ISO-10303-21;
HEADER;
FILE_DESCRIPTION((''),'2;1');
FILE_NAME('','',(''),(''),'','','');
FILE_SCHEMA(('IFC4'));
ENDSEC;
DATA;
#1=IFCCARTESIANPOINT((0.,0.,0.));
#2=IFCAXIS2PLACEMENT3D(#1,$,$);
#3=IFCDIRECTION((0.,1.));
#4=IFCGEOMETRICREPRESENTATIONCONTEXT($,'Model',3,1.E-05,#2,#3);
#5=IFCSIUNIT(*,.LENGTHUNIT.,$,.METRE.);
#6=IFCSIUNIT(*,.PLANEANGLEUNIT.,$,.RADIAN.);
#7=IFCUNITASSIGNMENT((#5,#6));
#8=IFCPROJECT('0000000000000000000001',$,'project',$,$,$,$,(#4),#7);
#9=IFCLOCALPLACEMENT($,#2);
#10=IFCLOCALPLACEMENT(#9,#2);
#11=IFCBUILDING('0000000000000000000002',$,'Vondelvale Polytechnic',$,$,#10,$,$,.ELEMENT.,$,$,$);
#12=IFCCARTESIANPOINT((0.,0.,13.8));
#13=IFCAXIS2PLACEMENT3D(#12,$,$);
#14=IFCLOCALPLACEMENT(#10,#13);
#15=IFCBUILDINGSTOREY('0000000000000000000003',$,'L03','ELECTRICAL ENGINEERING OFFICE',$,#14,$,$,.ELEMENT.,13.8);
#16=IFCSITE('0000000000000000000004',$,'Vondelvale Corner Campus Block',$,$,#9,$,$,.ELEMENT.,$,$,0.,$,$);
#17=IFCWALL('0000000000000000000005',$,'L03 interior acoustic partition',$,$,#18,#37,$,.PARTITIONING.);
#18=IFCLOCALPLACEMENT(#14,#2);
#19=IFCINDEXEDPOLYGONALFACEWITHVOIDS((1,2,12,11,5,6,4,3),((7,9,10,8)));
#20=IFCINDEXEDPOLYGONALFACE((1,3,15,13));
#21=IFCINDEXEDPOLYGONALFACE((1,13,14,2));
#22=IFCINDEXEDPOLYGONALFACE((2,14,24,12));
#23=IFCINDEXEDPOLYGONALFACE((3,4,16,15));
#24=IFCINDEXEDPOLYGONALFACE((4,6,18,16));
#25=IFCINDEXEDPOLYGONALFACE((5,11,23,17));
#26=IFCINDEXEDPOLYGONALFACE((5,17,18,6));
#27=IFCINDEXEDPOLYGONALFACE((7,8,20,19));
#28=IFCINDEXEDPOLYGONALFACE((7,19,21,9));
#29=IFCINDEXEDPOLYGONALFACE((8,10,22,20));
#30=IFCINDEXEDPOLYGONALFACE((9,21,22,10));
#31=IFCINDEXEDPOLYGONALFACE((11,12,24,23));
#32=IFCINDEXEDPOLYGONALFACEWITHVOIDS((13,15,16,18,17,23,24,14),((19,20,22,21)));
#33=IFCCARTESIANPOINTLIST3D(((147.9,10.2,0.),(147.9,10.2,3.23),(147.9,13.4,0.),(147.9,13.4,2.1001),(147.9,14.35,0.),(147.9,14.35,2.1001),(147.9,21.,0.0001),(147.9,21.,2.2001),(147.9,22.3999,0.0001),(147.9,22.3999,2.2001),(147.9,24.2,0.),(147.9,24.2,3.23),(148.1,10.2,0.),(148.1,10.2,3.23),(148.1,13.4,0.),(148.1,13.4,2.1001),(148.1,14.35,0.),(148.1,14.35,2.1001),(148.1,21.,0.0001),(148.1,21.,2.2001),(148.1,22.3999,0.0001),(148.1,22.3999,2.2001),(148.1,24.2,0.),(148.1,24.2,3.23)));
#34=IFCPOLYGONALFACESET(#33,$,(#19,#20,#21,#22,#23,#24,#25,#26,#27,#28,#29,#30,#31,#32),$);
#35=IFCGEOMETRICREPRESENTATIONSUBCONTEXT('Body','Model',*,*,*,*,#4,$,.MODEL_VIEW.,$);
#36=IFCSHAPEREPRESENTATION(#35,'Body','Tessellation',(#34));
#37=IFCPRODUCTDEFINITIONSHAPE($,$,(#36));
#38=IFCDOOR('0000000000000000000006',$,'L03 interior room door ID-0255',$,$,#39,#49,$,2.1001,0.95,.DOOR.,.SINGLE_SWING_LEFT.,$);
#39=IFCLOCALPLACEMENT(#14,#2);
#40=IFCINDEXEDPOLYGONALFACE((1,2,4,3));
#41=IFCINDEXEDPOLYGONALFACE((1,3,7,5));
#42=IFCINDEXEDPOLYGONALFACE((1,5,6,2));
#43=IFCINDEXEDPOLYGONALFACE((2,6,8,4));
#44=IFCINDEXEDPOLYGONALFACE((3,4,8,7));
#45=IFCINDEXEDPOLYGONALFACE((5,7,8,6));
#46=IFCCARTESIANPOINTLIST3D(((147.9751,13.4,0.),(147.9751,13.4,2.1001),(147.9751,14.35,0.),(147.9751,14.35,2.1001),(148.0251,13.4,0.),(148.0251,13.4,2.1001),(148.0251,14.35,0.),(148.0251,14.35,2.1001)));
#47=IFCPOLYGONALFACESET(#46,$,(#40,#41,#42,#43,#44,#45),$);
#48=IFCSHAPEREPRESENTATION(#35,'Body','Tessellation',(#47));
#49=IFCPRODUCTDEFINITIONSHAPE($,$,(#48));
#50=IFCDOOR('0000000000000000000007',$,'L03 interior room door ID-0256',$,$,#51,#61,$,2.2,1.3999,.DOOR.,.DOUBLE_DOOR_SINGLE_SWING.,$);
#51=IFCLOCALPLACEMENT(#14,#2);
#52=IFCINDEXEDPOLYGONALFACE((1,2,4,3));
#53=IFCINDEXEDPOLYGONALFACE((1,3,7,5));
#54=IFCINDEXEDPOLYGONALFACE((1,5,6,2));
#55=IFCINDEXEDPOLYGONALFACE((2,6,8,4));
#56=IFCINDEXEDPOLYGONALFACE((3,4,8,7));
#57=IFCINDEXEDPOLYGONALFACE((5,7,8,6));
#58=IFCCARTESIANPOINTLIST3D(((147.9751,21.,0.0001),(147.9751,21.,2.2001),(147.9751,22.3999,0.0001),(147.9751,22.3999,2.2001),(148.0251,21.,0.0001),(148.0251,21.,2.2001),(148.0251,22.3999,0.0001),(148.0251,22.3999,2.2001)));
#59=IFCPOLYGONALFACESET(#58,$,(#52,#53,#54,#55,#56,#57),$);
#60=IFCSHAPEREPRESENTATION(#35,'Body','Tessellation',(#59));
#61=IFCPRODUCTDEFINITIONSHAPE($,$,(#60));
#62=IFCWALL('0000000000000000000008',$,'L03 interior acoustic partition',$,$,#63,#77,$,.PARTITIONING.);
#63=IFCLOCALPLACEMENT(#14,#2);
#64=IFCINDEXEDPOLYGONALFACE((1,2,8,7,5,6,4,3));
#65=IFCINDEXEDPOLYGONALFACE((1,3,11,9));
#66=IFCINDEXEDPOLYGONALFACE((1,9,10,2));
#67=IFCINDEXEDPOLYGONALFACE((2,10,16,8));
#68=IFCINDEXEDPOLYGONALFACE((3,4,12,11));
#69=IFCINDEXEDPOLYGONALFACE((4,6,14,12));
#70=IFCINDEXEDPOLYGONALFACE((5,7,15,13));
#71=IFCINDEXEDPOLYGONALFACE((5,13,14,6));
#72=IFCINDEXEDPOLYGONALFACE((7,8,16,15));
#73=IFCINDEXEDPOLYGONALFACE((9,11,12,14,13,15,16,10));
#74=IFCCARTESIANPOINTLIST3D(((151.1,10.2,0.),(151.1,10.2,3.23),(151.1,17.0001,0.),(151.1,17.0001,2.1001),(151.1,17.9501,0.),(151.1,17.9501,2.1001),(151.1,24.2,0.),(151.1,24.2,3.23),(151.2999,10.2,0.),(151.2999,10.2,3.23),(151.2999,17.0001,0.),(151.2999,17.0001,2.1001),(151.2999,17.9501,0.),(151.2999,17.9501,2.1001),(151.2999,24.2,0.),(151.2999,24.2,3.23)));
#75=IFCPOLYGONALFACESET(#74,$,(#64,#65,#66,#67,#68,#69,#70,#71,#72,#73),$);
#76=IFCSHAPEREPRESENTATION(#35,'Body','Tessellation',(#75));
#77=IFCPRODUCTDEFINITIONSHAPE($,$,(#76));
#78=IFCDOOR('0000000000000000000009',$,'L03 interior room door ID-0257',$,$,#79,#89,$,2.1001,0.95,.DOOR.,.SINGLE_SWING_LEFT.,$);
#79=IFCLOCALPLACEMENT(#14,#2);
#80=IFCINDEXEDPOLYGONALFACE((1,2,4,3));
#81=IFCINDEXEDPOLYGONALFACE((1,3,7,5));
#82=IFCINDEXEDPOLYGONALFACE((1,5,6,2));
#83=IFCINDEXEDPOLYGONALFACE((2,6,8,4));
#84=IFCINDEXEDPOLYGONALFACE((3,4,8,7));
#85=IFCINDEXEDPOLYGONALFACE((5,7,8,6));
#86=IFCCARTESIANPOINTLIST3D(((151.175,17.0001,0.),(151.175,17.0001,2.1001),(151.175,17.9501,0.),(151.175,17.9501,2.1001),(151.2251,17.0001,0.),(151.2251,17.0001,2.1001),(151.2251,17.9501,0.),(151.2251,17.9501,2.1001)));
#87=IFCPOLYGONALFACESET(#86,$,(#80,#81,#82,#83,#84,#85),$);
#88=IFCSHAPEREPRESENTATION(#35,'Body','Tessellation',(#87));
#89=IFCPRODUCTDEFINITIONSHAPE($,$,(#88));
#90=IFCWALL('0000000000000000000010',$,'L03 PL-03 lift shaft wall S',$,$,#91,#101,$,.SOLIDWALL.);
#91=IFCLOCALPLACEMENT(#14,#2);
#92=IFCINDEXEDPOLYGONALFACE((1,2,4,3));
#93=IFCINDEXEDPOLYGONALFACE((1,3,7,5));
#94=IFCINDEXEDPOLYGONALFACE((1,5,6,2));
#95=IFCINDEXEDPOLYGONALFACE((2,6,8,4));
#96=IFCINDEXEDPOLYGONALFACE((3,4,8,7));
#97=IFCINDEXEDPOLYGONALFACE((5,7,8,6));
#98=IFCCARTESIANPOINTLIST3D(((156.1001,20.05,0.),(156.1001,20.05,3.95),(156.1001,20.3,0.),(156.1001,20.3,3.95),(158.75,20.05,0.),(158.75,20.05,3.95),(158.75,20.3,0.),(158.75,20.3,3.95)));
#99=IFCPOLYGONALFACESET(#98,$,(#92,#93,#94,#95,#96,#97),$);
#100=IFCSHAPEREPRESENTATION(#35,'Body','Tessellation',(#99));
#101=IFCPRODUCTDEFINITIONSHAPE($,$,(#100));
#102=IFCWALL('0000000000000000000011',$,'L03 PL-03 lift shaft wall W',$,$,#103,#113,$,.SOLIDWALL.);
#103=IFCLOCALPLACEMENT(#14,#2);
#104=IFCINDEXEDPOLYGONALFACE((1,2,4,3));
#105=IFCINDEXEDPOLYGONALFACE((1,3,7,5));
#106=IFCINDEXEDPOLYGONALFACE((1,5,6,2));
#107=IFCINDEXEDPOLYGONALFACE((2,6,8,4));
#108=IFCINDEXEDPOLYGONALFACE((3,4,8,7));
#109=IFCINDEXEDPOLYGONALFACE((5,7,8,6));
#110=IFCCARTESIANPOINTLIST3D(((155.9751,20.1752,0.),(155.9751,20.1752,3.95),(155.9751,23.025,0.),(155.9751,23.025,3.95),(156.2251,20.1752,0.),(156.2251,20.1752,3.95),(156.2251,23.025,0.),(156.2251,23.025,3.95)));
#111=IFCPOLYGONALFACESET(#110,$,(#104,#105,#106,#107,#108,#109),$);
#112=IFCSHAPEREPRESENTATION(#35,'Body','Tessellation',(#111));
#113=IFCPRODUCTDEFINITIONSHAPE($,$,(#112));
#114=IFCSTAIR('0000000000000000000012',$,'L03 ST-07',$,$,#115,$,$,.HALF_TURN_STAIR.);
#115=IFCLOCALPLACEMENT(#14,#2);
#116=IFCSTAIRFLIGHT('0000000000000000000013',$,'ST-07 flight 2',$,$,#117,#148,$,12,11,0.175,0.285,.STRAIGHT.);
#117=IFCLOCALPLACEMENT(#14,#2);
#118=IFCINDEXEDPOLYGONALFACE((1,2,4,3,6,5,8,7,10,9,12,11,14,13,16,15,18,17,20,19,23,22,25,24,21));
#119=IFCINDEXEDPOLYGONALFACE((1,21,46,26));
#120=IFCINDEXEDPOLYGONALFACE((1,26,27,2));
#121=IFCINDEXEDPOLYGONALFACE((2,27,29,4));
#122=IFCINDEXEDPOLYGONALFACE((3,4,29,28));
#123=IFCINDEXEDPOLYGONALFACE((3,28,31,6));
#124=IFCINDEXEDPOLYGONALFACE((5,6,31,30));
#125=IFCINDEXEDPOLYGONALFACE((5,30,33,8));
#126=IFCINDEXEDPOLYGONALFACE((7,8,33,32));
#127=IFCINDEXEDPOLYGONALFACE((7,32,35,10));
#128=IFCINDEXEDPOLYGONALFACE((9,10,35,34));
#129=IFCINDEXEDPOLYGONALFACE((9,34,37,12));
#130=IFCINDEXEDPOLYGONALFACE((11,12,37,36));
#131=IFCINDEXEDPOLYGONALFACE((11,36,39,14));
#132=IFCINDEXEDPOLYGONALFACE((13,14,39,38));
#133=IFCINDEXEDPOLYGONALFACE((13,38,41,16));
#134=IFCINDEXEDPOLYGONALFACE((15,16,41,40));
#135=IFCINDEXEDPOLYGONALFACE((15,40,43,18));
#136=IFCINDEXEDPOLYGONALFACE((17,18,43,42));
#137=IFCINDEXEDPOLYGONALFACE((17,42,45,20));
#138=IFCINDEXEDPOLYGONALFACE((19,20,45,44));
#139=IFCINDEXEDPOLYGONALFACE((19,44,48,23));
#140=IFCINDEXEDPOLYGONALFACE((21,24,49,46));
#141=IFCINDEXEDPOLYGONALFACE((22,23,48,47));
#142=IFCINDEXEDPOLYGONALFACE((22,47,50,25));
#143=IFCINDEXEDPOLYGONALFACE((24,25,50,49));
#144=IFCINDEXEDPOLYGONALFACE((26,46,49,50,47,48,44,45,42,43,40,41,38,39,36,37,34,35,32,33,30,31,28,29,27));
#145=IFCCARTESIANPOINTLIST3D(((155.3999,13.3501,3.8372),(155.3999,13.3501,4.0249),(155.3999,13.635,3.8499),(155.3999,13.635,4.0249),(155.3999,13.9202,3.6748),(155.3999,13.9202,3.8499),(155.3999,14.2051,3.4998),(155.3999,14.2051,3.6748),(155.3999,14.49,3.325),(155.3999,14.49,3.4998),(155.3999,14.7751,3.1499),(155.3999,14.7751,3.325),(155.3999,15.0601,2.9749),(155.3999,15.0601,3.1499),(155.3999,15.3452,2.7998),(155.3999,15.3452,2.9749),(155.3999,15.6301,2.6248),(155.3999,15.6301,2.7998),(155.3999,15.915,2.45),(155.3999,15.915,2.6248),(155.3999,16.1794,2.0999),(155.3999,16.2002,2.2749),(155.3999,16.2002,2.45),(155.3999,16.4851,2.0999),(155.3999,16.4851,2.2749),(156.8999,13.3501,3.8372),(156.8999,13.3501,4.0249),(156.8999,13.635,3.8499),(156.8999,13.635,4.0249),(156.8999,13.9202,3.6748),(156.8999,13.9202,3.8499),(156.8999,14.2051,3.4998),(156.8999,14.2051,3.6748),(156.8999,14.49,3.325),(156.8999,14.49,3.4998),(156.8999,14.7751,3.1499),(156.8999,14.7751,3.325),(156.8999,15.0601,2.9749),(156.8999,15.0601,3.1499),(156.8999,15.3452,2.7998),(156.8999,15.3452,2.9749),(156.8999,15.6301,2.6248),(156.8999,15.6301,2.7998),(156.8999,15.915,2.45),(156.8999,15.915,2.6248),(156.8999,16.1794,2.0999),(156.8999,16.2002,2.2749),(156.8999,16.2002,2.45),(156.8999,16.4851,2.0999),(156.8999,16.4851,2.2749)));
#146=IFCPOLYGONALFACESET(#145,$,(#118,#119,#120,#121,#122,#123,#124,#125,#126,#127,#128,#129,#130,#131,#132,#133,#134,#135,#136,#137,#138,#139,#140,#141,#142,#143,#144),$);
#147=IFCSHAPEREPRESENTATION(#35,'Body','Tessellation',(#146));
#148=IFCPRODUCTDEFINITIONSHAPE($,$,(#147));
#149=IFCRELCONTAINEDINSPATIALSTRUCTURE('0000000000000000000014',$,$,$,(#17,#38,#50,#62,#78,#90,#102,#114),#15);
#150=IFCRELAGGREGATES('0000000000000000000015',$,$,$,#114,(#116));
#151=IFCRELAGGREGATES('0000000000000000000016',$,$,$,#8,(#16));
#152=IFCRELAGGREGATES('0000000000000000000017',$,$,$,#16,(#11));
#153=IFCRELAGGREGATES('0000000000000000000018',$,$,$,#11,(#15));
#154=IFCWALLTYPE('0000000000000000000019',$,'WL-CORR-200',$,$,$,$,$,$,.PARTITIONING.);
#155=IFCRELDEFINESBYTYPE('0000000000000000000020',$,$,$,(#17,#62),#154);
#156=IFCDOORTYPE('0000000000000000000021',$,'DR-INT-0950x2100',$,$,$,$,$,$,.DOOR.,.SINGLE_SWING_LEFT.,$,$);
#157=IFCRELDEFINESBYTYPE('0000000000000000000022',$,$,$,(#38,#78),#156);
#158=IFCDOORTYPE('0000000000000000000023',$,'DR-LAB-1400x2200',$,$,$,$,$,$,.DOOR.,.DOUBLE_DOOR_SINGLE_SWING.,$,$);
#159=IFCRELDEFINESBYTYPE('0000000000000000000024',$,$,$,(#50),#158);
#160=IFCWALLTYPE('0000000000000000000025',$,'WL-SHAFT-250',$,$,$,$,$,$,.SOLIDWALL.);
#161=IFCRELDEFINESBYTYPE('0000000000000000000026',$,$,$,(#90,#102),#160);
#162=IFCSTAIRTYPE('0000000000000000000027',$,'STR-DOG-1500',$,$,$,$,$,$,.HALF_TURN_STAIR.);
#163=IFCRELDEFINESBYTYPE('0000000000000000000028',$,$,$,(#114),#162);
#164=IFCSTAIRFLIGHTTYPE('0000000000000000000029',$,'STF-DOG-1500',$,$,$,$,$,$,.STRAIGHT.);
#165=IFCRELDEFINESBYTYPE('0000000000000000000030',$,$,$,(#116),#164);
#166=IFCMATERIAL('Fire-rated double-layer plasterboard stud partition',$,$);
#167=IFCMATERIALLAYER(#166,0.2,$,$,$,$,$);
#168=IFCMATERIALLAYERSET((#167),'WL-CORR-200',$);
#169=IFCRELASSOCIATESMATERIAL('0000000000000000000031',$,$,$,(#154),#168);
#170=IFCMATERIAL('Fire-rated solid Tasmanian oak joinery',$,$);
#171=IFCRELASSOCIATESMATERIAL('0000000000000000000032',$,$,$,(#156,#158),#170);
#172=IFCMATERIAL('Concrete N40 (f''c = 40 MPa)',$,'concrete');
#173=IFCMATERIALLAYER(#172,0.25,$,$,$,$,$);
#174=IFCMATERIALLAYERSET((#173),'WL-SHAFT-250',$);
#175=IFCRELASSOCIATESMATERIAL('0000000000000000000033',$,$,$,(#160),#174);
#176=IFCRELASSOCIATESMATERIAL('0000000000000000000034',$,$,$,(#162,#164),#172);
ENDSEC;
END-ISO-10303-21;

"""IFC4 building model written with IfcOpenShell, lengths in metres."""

from ifc_helpers import new_model, si_unit, direction, frame, frame_2d, origin, place, context, subcontext, project, spatial, polyline, rectangle, outline, extrude, material, layer, layer_set, type_object, element, fill, aggregate, save


model = new_model("IFC4")

# Units and contexts
model_context = context("Model", 3, precision=1e-05, world=origin(), true_north=direction((0.0, 1.0)))
body_context = subcontext(model_context, "Body", "Model", "MODEL_VIEW")
ifc_project = project(units=[si_unit("LENGTHUNIT", "METRE"), si_unit("PLANEANGLEUNIT", "RADIAN")], contexts=[model_context])

# Site, building, storey
site_placement = place(None, origin())
site = spatial("IfcSite", under=ifc_project, at=site_placement, Name="Vondelvale Corner Campus Block", CompositionType="ELEMENT", RefElevation=0.0)
building_placement = place(site_placement, origin())
building = spatial("IfcBuilding", under=site, at=building_placement, Name="Vondelvale Polytechnic", CompositionType="ELEMENT")
storey_placement = place(building_placement, frame((0.0, 0.0, 13.8)))
storey = spatial("IfcBuildingStorey", under=building, at=storey_placement, Name="L03", Description="ELECTRICAL ENGINEERING OFFICE", CompositionType="ELEMENT", Elevation=13.8)

# Shared definitions
ifc_material_1 = material(Name="Concrete N40 (f'c = 40 MPa)", Category="concrete")

# Wall, openings, doors
ifc_material_2 = material(Name="Fire-rated double-layer plasterboard stud partition")
ifc_layer_1 = layer(ifc_material_2, 0.2)
ifc_layer_set_1 = layer_set([ifc_layer_1], Name="WL-CORR-200")
wall_type_1 = type_object("IfcWallType", Name="WL-CORR-200", PredefinedType="PARTITIONING", material=ifc_layer_set_1)
wall_1_placement = place(storey_placement, frame((148.0, 10.2, 0.0), z_axis=(0.0, 0.0, 1.0), x_axis=(0.0, 1.0, 0.0)))
wall_1 = element("IfcWall", 1, at=wall_1_placement, inside=storey, type_object=wall_type_1, Name="L03 interior acoustic partition", PredefinedType="PARTITIONING", context=body_context, shape_type="SweptSolid", body=[
    extrude(rectangle(XDim=14.0, YDim=0.2, at=frame_2d((7.0, 0.0))), origin(), (0.0, 0.0, 1.0), 3.23),
])
opening_1_placement = place(wall_1_placement, frame((3.2, 0.0, 0.0)))
opening_1 = element("IfcOpeningElement", 2, at=opening_1_placement, cuts=wall_1, PredefinedType="OPENING", context=body_context, shape_type="SweptSolid", body=[
    extrude(rectangle(XDim=0.95, YDim=2.1001, at=frame_2d((0.4751, 1.05))), frame((0.0, 0.1099, 0.0), z_axis=(0.0, -1.0, 0.0), x_axis=(1.0, 0.0, 0.0)), (0.0, 0.0, 1.0), 0.22),
])
opening_2_placement = place(wall_1_placement, frame((10.8, 0.0, 0.0)))
opening_2 = element("IfcOpeningElement", 3, at=opening_2_placement, cuts=wall_1, PredefinedType="OPENING", context=body_context, shape_type="SweptSolid", body=[
    extrude(rectangle(XDim=1.3999, YDim=2.2, at=frame_2d((0.7, 1.1001))), frame((0.0, 0.1099, 0.0), z_axis=(0.0, -1.0, 0.0), x_axis=(1.0, 0.0, 0.0)), (0.0, 0.0, 1.0), 0.22),
])
ifc_material_3 = material(Name="Fire-rated solid Tasmanian oak joinery")
door_type_1 = type_object("IfcDoorType", Name="DR-INT-0950x2100", OperationType="SINGLE_SWING_LEFT", PredefinedType="DOOR", material=ifc_material_3)
door_1_placement = place(opening_1_placement, origin())
door_1 = element("IfcDoor", 4, at=door_1_placement, inside=storey, type_object=door_type_1, Name="L03 interior room door ID-0255", OperationType="SINGLE_SWING_LEFT", OverallHeight=2.1001, OverallWidth=0.95, PredefinedType="DOOR", context=body_context, shape_type="SweptSolid", body=[
    extrude(rectangle(XDim=0.95, YDim=2.1001, at=frame_2d((0.4751, 1.05))), frame((0.0, 0.0249, 0.0), z_axis=(0.0, -1.0, 0.0), x_axis=(1.0, 0.0, 0.0)), (0.0, 0.0, 1.0), 0.05),
])
fill(opening_1, door_1)
door_type_2 = type_object("IfcDoorType", Name="DR-LAB-1400x2200", OperationType="DOUBLE_DOOR_SINGLE_SWING", PredefinedType="DOOR", material=ifc_material_3)
door_2_placement = place(opening_2_placement, origin())
door_2 = element("IfcDoor", 5, at=door_2_placement, inside=storey, type_object=door_type_2, Name="L03 interior room door ID-0256", OperationType="DOUBLE_DOOR_SINGLE_SWING", OverallHeight=2.2, OverallWidth=1.3999, PredefinedType="DOOR", context=body_context, shape_type="SweptSolid", body=[
    extrude(rectangle(XDim=1.3999, YDim=2.2, at=frame_2d((0.7, 1.1001))), frame((0.0, 0.0249, 0.0), z_axis=(0.0, -1.0, 0.0), x_axis=(1.0, 0.0, 0.0)), (0.0, 0.0, 1.0), 0.05),
])
fill(opening_2, door_2)

# Wall, opening, door
wall_2_placement = place(storey_placement, frame((151.2, 10.2, 0.0), z_axis=(0.0, 0.0, 1.0), x_axis=(0.0, 1.0, 0.0)))
wall_2 = element("IfcWall", 6, at=wall_2_placement, inside=storey, type_object=wall_type_1, Name="L03 interior acoustic partition", PredefinedType="PARTITIONING", context=body_context, shape_type="SweptSolid", body=[
    extrude(rectangle(XDim=14.0, YDim=0.2, at=frame_2d((7.0, 0.0))), origin(), (0.0, 0.0, 1.0), 3.23),
])
opening_3_placement = place(wall_2_placement, frame((6.8, 0.0, 0.0)))
opening_3 = element("IfcOpeningElement", 7, at=opening_3_placement, cuts=wall_2, PredefinedType="OPENING", context=body_context, shape_type="SweptSolid", body=[
    extrude(rectangle(XDim=0.95, YDim=2.1001, at=frame_2d((0.4751, 1.05))), frame((0.0, 0.1099, 0.0), z_axis=(0.0, -1.0, 0.0), x_axis=(1.0, 0.0, 0.0)), (0.0, 0.0, 1.0), 0.22),
])
door_3_placement = place(opening_3_placement, origin())
door_3 = element("IfcDoor", 8, at=door_3_placement, inside=storey, type_object=door_type_1, Name="L03 interior room door ID-0257", OperationType="SINGLE_SWING_LEFT", OverallHeight=2.1001, OverallWidth=0.95, PredefinedType="DOOR", context=body_context, shape_type="SweptSolid", body=[
    extrude(rectangle(XDim=0.95, YDim=2.1001, at=frame_2d((0.4751, 1.05))), frame((0.0, 0.0249, 0.0), z_axis=(0.0, -1.0, 0.0), x_axis=(1.0, 0.0, 0.0)), (0.0, 0.0, 1.0), 0.05),
])
fill(opening_3, door_3)

# Walls
ifc_layer_2 = layer(ifc_material_1, 0.25)
ifc_layer_set_2 = layer_set([ifc_layer_2], Name="WL-SHAFT-250")
wall_type_2 = type_object("IfcWallType", Name="WL-SHAFT-250", PredefinedType="SOLIDWALL", material=ifc_layer_set_2)
wall_3_placement = place(storey_placement, frame((156.1001, 20.175, 0.0), z_axis=(0.0, 0.0, 1.0), x_axis=(1.0, 0.0, 0.0)))
element("IfcWall", 9, at=wall_3_placement, inside=storey, type_object=wall_type_2, Name="L03 PL-03 lift shaft wall S", PredefinedType="SOLIDWALL", context=body_context, shape_type="SweptSolid", body=[
    extrude(rectangle(XDim=2.6499, YDim=0.25, at=frame_2d((1.325, 0.0))), origin(), (0.0, 0.0, 1.0), 3.95),
])
wall_4_placement = place(storey_placement, frame((156.1001, 23.0249, 0.0), z_axis=(0.0, 0.0, 1.0), x_axis=(0.0, -1.0, 0.0)))
element("IfcWall", 10, at=wall_4_placement, inside=storey, type_object=wall_type_2, Name="L03 PL-03 lift shaft wall W", PredefinedType="SOLIDWALL", context=body_context, shape_type="SweptSolid", body=[
    extrude(rectangle(XDim=2.8499, YDim=0.25, at=frame_2d((1.4248, 0.0))), origin(), (0.0, 0.0, 1.0), 3.95),
])

# Stair, stair flight
stair_type = type_object("IfcStairType", Name="STR-DOG-1500", PredefinedType="HALF_TURN_STAIR", material=ifc_material_1)
stair_placement = place(storey_placement, origin())
stair = element("IfcStair", 11, at=stair_placement, inside=storey, type_object=stair_type, Name="L03 ST-07", PredefinedType="HALF_TURN_STAIR")
stair_flight_type = type_object("IfcStairFlightType", Name="STF-DOG-1500", PredefinedType="STRAIGHT", material=ifc_material_1)
stair_flight_placement = place(storey_placement, frame((156.1499, 16.4851, 2.0999), z_axis=(0.0, 0.0, 1.0), x_axis=(0.0, -1.0, 0.0)))
stair_flight = element("IfcStairFlight", 12, at=stair_flight_placement, type_object=stair_flight_type, Name="ST-07 flight 2", NumberOfRisers=12, NumberOfTreads=11, PredefinedType="STRAIGHT", RiserHeight=0.175, TreadLength=0.285, context=body_context, shape_type="SweptSolid", body=[
    extrude(outline(polyline([(0.0, 0.0), (0.0, 0.175), (0.2849, 0.175), (0.2849, 0.3501), (0.5701, 0.3501), (0.5701, 0.5249), (0.855, 0.5249), (0.855, 0.7), (1.1399, 0.7), (1.1399, 0.875), (1.425, 0.875), (1.425, 1.05), (1.71, 1.05), (1.71, 1.2251), (1.9951, 1.2251), (1.9951, 1.3999), (2.28, 1.3999), (2.28, 1.575), (2.5649, 1.575), (2.5649, 1.75), (2.8501, 1.75), (2.8501, 1.925), (3.135, 1.925), (3.135, 2.1001), (3.135, 1.7373), (0.3057, 0.0), (0.0, 0.0)])), frame((0.0, 0.75, 0.0), z_axis=(0.0, -1.0, 0.0), x_axis=(1.0, 0.0, 0.0)), (0.0, 0.0, 1.0), 1.5),
])
aggregate(stair, [stair_flight])

save(model, "model.ifc")
